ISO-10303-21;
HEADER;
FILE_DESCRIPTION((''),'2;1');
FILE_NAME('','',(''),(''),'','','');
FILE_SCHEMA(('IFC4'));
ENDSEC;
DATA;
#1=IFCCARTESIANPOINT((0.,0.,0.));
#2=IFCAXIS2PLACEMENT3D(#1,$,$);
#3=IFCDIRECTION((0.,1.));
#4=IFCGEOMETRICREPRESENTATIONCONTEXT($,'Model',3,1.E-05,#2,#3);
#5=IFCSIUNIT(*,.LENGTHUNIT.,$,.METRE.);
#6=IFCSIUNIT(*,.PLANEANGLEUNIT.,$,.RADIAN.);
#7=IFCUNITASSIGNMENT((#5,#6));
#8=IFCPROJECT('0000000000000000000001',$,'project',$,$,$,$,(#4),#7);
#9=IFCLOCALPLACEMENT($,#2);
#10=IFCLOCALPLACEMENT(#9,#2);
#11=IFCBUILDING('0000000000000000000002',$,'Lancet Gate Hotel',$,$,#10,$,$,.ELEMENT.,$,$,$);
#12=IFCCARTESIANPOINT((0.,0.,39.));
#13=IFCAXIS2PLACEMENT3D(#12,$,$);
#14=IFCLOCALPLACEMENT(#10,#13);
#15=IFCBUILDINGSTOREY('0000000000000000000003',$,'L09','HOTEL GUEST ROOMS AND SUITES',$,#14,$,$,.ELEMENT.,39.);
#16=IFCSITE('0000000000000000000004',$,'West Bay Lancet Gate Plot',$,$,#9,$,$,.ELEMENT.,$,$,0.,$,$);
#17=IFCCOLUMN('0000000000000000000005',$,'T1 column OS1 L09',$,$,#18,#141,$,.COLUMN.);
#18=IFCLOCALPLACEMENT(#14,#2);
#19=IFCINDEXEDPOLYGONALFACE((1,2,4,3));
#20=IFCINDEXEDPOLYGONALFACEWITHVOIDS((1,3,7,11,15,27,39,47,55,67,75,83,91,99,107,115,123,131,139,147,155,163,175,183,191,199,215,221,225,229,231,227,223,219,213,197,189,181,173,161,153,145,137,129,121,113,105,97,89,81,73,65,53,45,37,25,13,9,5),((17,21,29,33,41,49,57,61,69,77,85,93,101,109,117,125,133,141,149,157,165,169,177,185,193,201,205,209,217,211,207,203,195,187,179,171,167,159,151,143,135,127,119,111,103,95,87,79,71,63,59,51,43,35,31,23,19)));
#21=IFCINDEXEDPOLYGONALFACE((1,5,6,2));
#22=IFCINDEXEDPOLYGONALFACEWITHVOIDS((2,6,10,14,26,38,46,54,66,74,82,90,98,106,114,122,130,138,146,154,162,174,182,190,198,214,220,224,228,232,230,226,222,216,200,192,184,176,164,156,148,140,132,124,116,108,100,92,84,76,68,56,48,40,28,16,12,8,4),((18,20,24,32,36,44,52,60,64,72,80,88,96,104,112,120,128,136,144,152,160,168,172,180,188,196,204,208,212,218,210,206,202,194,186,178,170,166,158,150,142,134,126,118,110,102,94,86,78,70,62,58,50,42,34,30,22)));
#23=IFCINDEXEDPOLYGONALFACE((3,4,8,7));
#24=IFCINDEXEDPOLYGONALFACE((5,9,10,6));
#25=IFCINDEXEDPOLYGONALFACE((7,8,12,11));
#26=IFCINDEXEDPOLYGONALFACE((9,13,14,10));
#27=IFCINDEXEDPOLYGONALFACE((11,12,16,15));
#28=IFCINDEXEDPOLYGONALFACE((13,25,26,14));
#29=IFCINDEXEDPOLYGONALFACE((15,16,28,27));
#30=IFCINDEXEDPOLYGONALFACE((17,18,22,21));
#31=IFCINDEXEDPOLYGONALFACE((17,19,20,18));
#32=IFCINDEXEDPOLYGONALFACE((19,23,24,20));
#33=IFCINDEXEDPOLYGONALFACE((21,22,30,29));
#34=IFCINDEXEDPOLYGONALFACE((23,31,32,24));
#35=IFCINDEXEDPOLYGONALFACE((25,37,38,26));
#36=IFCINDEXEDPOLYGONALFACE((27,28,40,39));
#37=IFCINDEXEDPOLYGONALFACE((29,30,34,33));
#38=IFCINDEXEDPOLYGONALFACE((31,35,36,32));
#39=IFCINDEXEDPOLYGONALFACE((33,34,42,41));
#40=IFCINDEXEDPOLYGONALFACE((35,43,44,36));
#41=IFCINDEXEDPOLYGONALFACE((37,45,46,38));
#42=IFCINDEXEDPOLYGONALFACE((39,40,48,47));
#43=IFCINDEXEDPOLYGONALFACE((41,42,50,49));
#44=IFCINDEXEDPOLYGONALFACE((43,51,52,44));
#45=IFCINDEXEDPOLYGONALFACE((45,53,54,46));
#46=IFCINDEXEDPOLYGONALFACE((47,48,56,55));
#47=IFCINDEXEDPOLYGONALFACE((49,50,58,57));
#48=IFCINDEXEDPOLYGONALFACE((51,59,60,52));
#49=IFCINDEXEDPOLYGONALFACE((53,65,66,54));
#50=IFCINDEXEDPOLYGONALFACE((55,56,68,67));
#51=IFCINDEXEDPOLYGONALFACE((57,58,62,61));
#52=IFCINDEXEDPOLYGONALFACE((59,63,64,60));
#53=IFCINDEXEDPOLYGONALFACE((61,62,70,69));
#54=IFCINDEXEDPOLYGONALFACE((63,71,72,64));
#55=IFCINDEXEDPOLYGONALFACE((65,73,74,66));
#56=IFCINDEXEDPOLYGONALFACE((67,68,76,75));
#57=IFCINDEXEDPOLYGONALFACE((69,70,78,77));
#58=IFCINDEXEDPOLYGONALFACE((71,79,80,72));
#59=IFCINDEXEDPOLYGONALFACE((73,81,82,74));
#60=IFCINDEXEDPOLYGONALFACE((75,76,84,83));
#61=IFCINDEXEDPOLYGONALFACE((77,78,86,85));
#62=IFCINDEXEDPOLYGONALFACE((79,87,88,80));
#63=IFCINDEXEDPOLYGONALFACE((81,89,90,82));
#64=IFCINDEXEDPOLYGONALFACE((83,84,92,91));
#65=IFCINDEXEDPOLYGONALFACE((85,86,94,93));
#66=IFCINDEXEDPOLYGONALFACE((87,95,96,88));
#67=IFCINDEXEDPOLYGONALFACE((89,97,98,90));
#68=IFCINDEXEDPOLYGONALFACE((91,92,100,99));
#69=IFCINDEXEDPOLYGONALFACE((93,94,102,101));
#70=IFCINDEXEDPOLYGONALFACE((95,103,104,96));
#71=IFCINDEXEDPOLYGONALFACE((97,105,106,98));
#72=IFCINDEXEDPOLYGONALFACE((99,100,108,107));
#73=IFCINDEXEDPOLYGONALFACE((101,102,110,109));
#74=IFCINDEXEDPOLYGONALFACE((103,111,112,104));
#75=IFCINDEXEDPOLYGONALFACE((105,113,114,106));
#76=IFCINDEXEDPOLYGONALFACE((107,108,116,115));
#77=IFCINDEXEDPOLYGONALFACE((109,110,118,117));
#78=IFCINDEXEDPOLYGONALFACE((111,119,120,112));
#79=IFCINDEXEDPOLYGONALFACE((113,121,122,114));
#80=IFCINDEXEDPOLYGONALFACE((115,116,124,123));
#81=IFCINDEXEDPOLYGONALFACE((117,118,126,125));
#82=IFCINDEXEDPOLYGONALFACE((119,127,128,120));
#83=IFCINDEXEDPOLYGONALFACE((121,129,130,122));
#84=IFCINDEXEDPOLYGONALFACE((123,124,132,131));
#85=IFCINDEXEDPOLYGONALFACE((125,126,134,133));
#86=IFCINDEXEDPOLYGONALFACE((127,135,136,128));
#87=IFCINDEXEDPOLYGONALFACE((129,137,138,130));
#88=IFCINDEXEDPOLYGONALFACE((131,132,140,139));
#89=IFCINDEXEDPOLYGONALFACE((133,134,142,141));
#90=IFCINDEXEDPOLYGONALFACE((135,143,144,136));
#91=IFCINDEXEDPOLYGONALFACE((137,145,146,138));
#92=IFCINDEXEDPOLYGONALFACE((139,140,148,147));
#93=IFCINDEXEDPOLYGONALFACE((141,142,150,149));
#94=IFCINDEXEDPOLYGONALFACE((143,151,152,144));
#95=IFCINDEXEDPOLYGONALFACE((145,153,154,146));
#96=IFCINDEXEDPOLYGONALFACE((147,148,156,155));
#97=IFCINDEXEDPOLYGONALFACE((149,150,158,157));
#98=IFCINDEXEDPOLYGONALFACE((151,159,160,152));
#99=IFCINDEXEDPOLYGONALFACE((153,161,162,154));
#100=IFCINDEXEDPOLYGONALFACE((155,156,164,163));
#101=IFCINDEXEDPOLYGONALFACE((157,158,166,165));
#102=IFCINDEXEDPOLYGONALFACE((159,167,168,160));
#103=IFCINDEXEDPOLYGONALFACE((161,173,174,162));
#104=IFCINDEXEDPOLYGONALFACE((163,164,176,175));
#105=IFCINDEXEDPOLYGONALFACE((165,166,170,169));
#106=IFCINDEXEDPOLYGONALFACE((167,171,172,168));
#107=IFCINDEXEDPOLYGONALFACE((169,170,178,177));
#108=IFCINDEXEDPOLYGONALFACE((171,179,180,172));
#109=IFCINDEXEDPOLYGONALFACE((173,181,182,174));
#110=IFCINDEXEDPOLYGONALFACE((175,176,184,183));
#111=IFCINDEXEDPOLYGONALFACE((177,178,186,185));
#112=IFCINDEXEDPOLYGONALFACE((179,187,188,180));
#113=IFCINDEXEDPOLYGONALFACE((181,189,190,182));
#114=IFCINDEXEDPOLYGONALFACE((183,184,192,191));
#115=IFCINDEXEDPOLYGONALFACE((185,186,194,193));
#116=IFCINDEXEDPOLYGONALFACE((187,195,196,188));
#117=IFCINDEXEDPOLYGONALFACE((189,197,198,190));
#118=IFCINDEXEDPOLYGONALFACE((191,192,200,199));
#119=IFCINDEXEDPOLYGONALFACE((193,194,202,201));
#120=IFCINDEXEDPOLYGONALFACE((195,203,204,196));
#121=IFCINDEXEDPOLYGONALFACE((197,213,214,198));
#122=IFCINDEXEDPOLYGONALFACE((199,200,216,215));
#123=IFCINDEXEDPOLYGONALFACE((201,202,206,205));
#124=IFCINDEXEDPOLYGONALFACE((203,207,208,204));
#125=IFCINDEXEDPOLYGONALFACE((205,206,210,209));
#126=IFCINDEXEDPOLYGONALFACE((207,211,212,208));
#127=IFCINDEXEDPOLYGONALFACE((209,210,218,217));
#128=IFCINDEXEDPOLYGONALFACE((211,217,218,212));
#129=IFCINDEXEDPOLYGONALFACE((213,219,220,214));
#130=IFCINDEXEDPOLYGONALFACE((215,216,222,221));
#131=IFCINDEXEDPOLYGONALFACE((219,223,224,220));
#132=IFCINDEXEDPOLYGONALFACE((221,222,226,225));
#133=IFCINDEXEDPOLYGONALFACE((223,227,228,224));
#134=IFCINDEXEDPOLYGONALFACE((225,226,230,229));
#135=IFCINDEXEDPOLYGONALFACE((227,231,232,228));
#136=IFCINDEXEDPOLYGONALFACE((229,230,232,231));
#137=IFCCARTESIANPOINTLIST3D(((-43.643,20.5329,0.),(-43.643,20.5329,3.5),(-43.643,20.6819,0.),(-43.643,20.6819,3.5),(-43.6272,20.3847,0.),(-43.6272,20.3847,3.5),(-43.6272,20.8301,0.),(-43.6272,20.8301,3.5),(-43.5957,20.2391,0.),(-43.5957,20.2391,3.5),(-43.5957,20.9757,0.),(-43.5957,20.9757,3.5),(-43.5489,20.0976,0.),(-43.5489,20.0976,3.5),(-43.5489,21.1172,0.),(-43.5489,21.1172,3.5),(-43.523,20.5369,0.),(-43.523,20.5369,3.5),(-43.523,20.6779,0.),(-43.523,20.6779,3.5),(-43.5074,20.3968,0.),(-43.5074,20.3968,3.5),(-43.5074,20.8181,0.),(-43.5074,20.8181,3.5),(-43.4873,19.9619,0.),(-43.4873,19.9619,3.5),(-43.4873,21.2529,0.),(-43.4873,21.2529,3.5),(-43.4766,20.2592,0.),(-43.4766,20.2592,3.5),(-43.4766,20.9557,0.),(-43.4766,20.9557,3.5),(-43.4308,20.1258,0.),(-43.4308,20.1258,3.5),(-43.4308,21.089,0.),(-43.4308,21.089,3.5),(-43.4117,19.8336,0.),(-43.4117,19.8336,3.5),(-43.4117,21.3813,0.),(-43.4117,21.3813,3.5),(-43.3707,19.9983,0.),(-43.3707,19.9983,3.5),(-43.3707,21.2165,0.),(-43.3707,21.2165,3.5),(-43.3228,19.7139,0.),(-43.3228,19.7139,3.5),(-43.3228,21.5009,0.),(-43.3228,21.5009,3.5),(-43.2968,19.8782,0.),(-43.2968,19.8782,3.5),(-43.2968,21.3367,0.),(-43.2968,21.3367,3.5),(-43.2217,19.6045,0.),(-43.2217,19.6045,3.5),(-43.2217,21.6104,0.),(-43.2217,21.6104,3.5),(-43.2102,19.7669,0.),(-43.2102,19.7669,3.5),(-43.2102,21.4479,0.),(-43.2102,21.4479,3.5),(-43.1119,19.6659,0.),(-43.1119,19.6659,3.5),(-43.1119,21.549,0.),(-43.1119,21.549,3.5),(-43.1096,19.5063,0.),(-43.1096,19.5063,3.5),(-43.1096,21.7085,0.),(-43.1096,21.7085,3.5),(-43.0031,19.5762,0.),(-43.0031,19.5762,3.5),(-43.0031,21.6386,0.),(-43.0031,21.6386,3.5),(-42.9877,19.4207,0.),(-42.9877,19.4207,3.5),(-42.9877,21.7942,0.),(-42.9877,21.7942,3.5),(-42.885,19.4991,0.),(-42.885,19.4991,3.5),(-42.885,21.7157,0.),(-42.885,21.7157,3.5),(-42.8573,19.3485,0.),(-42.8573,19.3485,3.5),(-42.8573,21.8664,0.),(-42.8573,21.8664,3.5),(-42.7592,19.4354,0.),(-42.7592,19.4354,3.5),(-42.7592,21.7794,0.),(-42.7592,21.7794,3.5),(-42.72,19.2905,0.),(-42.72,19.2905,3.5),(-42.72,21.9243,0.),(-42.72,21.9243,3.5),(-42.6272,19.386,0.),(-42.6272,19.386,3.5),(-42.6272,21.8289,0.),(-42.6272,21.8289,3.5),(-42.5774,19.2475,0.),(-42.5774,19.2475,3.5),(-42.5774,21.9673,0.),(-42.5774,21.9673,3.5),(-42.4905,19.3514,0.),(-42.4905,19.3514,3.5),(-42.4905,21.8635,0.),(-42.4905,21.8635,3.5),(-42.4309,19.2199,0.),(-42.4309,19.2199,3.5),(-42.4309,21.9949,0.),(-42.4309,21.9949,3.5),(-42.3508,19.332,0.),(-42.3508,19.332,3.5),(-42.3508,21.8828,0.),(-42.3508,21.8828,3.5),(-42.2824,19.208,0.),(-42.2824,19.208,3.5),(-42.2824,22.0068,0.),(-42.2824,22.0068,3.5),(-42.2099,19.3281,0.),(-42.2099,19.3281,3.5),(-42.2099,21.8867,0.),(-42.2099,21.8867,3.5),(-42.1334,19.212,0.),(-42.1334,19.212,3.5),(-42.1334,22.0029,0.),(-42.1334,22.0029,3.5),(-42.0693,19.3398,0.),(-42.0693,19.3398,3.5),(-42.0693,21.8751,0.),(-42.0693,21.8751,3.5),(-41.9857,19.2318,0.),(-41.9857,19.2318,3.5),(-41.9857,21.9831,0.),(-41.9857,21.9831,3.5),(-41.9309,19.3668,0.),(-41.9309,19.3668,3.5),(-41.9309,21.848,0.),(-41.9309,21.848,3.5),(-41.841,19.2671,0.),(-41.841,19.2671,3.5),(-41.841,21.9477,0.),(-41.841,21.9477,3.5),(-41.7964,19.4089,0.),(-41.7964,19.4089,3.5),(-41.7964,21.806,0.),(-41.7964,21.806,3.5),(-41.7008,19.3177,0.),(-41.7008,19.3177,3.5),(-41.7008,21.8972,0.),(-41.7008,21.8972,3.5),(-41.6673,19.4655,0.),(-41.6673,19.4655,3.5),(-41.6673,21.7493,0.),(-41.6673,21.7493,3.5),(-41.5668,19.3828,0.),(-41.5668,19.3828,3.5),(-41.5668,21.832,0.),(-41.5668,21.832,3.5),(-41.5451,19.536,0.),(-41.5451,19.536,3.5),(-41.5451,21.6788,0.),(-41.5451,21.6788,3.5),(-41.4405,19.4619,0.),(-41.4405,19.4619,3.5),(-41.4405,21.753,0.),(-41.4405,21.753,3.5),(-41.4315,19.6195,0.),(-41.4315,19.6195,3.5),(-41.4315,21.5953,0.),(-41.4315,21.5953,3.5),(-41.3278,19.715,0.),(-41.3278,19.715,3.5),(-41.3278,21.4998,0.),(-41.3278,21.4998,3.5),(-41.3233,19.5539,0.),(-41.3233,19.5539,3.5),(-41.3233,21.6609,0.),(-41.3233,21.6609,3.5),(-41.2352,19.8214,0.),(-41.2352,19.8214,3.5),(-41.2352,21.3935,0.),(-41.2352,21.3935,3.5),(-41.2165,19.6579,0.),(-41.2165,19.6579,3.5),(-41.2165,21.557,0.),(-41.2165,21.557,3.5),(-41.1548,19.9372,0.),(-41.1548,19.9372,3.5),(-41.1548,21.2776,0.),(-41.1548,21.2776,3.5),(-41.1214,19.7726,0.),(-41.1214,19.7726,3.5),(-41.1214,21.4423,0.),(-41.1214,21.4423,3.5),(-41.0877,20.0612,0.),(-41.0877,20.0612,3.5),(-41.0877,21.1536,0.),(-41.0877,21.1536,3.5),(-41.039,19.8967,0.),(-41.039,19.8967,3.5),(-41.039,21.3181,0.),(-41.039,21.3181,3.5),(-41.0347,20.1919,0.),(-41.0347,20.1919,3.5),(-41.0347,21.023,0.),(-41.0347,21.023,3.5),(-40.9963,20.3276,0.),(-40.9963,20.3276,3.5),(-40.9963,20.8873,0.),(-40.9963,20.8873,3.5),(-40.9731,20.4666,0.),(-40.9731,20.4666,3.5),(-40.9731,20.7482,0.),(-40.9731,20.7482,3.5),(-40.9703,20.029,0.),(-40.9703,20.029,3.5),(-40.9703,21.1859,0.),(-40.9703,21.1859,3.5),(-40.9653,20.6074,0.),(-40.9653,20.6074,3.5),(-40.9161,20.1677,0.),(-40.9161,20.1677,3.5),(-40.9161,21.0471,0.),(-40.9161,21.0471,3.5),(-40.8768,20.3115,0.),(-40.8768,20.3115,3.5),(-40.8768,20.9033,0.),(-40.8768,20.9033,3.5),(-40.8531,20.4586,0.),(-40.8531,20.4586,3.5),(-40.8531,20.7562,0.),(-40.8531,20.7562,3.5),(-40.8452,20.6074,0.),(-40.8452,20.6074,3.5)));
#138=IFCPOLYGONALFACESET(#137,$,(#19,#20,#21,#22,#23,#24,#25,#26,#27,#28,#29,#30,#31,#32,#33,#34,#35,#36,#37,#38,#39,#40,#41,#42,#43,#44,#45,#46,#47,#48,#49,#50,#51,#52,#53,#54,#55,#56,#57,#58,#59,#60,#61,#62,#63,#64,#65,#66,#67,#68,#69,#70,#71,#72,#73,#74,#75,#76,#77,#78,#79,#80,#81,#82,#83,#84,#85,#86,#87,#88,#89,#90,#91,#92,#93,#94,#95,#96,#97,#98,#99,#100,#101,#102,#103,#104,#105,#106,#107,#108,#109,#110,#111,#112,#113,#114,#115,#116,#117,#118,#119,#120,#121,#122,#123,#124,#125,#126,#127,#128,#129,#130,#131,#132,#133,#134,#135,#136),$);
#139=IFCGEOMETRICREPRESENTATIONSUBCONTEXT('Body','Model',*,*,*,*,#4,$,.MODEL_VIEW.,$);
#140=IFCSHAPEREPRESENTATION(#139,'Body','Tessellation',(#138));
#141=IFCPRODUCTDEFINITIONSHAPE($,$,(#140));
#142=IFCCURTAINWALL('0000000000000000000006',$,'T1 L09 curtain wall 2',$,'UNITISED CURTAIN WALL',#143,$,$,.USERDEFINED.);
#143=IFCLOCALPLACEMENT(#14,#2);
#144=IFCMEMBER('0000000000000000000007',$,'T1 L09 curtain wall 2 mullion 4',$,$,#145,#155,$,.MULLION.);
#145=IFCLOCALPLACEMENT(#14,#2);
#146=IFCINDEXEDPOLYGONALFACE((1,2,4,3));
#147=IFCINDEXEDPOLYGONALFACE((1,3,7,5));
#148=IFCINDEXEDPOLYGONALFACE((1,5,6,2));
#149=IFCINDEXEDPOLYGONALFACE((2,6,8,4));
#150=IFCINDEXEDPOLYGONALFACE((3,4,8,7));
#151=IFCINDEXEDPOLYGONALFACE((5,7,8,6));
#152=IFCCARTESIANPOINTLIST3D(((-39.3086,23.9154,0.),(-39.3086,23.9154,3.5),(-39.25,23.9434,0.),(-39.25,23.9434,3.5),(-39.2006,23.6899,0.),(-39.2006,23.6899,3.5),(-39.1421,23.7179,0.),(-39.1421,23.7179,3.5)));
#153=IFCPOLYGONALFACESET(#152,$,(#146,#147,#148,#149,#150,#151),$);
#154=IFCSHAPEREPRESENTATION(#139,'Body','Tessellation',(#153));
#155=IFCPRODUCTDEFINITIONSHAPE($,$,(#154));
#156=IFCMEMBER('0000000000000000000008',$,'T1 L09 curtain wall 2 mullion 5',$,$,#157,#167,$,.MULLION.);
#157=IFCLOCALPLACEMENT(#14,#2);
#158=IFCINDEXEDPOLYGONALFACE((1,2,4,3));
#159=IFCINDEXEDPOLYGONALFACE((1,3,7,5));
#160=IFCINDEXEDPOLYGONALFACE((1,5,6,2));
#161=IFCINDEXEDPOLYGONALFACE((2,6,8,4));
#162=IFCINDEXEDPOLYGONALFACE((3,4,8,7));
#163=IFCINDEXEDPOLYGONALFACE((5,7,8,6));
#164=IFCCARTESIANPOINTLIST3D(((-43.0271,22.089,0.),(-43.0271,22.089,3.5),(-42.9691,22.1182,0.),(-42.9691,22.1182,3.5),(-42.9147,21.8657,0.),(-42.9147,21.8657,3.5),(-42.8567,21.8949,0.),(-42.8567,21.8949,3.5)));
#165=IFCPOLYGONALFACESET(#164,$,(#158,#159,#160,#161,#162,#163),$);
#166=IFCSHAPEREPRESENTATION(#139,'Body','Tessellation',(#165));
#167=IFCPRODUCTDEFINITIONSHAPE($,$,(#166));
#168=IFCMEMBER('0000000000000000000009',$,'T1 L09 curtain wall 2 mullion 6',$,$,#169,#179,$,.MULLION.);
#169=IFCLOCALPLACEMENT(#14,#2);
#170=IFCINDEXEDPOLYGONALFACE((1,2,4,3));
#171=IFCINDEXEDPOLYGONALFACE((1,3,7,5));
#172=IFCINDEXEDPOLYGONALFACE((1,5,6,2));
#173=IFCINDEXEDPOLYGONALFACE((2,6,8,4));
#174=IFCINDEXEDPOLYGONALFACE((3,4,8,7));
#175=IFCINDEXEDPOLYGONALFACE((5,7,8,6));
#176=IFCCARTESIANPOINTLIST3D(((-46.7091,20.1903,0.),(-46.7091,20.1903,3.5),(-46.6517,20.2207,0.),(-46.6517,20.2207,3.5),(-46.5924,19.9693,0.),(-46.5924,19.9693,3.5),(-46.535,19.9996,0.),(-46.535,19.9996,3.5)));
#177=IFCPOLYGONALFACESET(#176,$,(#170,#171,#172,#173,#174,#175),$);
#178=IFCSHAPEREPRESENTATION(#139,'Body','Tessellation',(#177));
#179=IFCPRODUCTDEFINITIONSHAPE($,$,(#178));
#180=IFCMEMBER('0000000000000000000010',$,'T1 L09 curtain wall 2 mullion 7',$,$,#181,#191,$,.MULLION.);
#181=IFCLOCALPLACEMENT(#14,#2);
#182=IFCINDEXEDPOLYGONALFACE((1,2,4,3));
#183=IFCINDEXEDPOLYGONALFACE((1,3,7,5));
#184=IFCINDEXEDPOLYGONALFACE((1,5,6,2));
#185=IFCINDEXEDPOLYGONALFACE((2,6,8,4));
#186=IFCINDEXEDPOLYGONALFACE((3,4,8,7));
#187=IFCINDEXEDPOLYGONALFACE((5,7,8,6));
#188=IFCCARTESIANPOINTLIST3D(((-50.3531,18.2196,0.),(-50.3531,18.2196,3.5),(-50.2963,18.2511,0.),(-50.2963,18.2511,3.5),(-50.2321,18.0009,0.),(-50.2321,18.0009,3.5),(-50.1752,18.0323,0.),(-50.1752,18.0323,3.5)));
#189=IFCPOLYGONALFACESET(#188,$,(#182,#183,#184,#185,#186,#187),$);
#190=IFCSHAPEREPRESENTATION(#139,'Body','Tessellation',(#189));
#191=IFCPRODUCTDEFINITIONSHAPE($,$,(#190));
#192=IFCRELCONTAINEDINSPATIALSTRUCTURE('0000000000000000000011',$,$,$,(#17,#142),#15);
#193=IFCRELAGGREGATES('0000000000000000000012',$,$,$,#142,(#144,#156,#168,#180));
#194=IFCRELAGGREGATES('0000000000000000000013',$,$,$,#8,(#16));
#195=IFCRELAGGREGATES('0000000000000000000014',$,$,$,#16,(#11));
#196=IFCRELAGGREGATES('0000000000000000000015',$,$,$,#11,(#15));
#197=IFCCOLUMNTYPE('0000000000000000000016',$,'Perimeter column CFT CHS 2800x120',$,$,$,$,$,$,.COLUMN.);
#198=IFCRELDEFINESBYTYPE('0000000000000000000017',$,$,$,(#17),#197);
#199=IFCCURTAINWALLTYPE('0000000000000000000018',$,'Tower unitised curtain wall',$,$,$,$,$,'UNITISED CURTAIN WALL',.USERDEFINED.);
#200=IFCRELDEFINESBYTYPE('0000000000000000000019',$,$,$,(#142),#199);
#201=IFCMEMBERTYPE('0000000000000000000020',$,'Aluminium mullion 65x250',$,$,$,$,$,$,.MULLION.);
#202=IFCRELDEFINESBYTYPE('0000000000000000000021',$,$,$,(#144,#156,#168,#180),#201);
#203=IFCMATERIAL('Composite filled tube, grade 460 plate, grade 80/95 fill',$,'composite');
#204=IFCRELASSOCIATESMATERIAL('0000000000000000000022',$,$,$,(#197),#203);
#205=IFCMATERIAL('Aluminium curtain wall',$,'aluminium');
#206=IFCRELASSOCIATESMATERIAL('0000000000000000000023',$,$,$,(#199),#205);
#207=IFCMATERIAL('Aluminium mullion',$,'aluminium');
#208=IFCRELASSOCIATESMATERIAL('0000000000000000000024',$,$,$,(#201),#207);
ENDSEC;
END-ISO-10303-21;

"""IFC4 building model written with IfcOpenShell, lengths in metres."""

from ifc_helpers import new_model, si_unit, direction, frame, origin, origin_2d, place, context, subcontext, project, spatial, rectangle, hollow_circle, extrude, material, material_profile, profile_set, type_object, element, aggregate, save


model = new_model("IFC4")

# Units and contexts
model_context = context("Model", 3, precision=1e-05, world=origin(), true_north=direction((0.0, 1.0)))
body_context = subcontext(model_context, "Body", "Model", "MODEL_VIEW")
ifc_project = project(units=[si_unit("LENGTHUNIT", "METRE"), si_unit("PLANEANGLEUNIT", "RADIAN")], contexts=[model_context])

# Site, building, storey
site_placement = place(None, origin())
site = spatial("IfcSite", under=ifc_project, at=site_placement, Name="West Bay Lancet Gate Plot", CompositionType="ELEMENT", RefElevation=0.0)
building_placement = place(site_placement, origin())
building = spatial("IfcBuilding", under=site, at=building_placement, Name="Lancet Gate Hotel", CompositionType="ELEMENT")
storey_placement = place(building_placement, frame((0.0, 0.0, 39.0)))
storey = spatial("IfcBuildingStorey", under=building, at=storey_placement, Name="L09", Description="HOTEL GUEST ROOMS AND SUITES", CompositionType="ELEMENT", Elevation=39.0)

# Column
ifc_material_1 = material(Name="Composite filled tube, grade 460 plate, grade 80/95 fill", Category="composite")
ifc_material_profile_1 = material_profile(ifc_material_1, hollow_circle(Radius=1.3999, WallThickness=0.1201, at=origin_2d()), Name="CHS 2800x120")
ifc_profile_set_1 = profile_set([ifc_material_profile_1], Name="Composite filled tube, grade 460 plate, grade 80/95 fill")
column_type = type_object("IfcColumnType", Name="Perimeter column CFT CHS 2800x120", PredefinedType="COLUMN", material=ifc_profile_set_1)
column_placement = place(storey_placement, frame((-42.2451, 20.6074, 0.0), z_axis=(0.0, 0.0, 1.0), x_axis=(1.0, 0.0, 0.0)))
element("IfcColumn", 1, at=column_placement, inside=storey, type_object=column_type, Name="T1 column OS1 L09", PredefinedType="COLUMN", context=body_context, shape_type="SweptSolid", body=[
    extrude(hollow_circle(Radius=1.3999, WallThickness=0.1201, at=origin_2d()), origin(), (0.0, 0.0, 1.0), 3.5),
])

# Curtain wall, members
ifc_material_2 = material(Name="Aluminium curtain wall", Category="aluminium")
curtain_wall_type = type_object("IfcCurtainWallType", Name="Tower unitised curtain wall", ElementType="UNITISED CURTAIN WALL", PredefinedType="USERDEFINED", material=ifc_material_2)
curtain_wall_placement = place(storey_placement, origin())
curtain_wall = element("IfcCurtainWall", 2, at=curtain_wall_placement, inside=storey, type_object=curtain_wall_type, Name="T1 L09 curtain wall 2", ObjectType="UNITISED CURTAIN WALL", PredefinedType="USERDEFINED")
ifc_material_3 = material(Name="Aluminium mullion", Category="aluminium")
ifc_material_profile_2 = material_profile(ifc_material_3, rectangle(XDim=0.0649, YDim=0.25, at=origin_2d()), Name="MULLION 65x250")
ifc_profile_set_2 = profile_set([ifc_material_profile_2], Name="Aluminium mullion")
member_type_1 = type_object("IfcMemberType", Name="Aluminium mullion 65x250", PredefinedType="MULLION", material=ifc_profile_set_2)
member_1_placement = place(storey_placement, frame((-39.2253, 23.8167, 0.0), z_axis=(0.0, 0.0, 1.0), x_axis=(-0.901929, -0.431885, 0.0)))
member_1 = element("IfcMember", 3, at=member_1_placement, type_object=member_type_1, Name="T1 L09 curtain wall 2 mullion 4", PredefinedType="MULLION", context=body_context, shape_type="SweptSolid", body=[
    extrude(rectangle(XDim=0.0649, YDim=0.25, at=origin_2d()), origin(), (0.0, 0.0, 1.0), 3.5),
])
member_2_placement = place(storey_placement, frame((-42.9419, 21.9919, 0.0), z_axis=(0.0, 0.0, 1.0), x_axis=(-0.893292, -0.449478, 0.0)))
member_2 = element("IfcMember", 4, at=member_2_placement, type_object=member_type_1, Name="T1 L09 curtain wall 2 mullion 5", PredefinedType="MULLION", context=body_context, shape_type="SweptSolid", body=[
    extrude(rectangle(XDim=0.0649, YDim=0.25, at=origin_2d()), origin(), (0.0, 0.0, 1.0), 3.5),
])
member_3_placement = place(storey_placement, frame((-46.6221, 20.095, 0.0), z_axis=(0.0, 0.0, 1.0), x_axis=(-0.884311, -0.466898, 0.0)))
member_3 = element("IfcMember", 5, at=member_3_placement, type_object=member_type_1, Name="T1 L09 curtain wall 2 mullion 6", PredefinedType="MULLION", context=body_context, shape_type="SweptSolid", body=[
    extrude(rectangle(XDim=0.0649, YDim=0.25, at=origin_2d()), origin(), (0.0, 0.0, 1.0), 3.5),
])
member_4_placement = place(storey_placement, frame((-50.2642, 18.126, 0.0), z_axis=(0.0, 0.0, 1.0), x_axis=(-0.874991, -0.484139, 0.0)))
member_4 = element("IfcMember", 6, at=member_4_placement, type_object=member_type_1, Name="T1 L09 curtain wall 2 mullion 7", PredefinedType="MULLION", context=body_context, shape_type="SweptSolid", body=[
    extrude(rectangle(XDim=0.0649, YDim=0.25, at=origin_2d()), origin(), (0.0, 0.0, 1.0), 3.5),
])

aggregate(curtain_wall, [member_1, member_2, member_3, member_4])

save(model, "model.ifc")
